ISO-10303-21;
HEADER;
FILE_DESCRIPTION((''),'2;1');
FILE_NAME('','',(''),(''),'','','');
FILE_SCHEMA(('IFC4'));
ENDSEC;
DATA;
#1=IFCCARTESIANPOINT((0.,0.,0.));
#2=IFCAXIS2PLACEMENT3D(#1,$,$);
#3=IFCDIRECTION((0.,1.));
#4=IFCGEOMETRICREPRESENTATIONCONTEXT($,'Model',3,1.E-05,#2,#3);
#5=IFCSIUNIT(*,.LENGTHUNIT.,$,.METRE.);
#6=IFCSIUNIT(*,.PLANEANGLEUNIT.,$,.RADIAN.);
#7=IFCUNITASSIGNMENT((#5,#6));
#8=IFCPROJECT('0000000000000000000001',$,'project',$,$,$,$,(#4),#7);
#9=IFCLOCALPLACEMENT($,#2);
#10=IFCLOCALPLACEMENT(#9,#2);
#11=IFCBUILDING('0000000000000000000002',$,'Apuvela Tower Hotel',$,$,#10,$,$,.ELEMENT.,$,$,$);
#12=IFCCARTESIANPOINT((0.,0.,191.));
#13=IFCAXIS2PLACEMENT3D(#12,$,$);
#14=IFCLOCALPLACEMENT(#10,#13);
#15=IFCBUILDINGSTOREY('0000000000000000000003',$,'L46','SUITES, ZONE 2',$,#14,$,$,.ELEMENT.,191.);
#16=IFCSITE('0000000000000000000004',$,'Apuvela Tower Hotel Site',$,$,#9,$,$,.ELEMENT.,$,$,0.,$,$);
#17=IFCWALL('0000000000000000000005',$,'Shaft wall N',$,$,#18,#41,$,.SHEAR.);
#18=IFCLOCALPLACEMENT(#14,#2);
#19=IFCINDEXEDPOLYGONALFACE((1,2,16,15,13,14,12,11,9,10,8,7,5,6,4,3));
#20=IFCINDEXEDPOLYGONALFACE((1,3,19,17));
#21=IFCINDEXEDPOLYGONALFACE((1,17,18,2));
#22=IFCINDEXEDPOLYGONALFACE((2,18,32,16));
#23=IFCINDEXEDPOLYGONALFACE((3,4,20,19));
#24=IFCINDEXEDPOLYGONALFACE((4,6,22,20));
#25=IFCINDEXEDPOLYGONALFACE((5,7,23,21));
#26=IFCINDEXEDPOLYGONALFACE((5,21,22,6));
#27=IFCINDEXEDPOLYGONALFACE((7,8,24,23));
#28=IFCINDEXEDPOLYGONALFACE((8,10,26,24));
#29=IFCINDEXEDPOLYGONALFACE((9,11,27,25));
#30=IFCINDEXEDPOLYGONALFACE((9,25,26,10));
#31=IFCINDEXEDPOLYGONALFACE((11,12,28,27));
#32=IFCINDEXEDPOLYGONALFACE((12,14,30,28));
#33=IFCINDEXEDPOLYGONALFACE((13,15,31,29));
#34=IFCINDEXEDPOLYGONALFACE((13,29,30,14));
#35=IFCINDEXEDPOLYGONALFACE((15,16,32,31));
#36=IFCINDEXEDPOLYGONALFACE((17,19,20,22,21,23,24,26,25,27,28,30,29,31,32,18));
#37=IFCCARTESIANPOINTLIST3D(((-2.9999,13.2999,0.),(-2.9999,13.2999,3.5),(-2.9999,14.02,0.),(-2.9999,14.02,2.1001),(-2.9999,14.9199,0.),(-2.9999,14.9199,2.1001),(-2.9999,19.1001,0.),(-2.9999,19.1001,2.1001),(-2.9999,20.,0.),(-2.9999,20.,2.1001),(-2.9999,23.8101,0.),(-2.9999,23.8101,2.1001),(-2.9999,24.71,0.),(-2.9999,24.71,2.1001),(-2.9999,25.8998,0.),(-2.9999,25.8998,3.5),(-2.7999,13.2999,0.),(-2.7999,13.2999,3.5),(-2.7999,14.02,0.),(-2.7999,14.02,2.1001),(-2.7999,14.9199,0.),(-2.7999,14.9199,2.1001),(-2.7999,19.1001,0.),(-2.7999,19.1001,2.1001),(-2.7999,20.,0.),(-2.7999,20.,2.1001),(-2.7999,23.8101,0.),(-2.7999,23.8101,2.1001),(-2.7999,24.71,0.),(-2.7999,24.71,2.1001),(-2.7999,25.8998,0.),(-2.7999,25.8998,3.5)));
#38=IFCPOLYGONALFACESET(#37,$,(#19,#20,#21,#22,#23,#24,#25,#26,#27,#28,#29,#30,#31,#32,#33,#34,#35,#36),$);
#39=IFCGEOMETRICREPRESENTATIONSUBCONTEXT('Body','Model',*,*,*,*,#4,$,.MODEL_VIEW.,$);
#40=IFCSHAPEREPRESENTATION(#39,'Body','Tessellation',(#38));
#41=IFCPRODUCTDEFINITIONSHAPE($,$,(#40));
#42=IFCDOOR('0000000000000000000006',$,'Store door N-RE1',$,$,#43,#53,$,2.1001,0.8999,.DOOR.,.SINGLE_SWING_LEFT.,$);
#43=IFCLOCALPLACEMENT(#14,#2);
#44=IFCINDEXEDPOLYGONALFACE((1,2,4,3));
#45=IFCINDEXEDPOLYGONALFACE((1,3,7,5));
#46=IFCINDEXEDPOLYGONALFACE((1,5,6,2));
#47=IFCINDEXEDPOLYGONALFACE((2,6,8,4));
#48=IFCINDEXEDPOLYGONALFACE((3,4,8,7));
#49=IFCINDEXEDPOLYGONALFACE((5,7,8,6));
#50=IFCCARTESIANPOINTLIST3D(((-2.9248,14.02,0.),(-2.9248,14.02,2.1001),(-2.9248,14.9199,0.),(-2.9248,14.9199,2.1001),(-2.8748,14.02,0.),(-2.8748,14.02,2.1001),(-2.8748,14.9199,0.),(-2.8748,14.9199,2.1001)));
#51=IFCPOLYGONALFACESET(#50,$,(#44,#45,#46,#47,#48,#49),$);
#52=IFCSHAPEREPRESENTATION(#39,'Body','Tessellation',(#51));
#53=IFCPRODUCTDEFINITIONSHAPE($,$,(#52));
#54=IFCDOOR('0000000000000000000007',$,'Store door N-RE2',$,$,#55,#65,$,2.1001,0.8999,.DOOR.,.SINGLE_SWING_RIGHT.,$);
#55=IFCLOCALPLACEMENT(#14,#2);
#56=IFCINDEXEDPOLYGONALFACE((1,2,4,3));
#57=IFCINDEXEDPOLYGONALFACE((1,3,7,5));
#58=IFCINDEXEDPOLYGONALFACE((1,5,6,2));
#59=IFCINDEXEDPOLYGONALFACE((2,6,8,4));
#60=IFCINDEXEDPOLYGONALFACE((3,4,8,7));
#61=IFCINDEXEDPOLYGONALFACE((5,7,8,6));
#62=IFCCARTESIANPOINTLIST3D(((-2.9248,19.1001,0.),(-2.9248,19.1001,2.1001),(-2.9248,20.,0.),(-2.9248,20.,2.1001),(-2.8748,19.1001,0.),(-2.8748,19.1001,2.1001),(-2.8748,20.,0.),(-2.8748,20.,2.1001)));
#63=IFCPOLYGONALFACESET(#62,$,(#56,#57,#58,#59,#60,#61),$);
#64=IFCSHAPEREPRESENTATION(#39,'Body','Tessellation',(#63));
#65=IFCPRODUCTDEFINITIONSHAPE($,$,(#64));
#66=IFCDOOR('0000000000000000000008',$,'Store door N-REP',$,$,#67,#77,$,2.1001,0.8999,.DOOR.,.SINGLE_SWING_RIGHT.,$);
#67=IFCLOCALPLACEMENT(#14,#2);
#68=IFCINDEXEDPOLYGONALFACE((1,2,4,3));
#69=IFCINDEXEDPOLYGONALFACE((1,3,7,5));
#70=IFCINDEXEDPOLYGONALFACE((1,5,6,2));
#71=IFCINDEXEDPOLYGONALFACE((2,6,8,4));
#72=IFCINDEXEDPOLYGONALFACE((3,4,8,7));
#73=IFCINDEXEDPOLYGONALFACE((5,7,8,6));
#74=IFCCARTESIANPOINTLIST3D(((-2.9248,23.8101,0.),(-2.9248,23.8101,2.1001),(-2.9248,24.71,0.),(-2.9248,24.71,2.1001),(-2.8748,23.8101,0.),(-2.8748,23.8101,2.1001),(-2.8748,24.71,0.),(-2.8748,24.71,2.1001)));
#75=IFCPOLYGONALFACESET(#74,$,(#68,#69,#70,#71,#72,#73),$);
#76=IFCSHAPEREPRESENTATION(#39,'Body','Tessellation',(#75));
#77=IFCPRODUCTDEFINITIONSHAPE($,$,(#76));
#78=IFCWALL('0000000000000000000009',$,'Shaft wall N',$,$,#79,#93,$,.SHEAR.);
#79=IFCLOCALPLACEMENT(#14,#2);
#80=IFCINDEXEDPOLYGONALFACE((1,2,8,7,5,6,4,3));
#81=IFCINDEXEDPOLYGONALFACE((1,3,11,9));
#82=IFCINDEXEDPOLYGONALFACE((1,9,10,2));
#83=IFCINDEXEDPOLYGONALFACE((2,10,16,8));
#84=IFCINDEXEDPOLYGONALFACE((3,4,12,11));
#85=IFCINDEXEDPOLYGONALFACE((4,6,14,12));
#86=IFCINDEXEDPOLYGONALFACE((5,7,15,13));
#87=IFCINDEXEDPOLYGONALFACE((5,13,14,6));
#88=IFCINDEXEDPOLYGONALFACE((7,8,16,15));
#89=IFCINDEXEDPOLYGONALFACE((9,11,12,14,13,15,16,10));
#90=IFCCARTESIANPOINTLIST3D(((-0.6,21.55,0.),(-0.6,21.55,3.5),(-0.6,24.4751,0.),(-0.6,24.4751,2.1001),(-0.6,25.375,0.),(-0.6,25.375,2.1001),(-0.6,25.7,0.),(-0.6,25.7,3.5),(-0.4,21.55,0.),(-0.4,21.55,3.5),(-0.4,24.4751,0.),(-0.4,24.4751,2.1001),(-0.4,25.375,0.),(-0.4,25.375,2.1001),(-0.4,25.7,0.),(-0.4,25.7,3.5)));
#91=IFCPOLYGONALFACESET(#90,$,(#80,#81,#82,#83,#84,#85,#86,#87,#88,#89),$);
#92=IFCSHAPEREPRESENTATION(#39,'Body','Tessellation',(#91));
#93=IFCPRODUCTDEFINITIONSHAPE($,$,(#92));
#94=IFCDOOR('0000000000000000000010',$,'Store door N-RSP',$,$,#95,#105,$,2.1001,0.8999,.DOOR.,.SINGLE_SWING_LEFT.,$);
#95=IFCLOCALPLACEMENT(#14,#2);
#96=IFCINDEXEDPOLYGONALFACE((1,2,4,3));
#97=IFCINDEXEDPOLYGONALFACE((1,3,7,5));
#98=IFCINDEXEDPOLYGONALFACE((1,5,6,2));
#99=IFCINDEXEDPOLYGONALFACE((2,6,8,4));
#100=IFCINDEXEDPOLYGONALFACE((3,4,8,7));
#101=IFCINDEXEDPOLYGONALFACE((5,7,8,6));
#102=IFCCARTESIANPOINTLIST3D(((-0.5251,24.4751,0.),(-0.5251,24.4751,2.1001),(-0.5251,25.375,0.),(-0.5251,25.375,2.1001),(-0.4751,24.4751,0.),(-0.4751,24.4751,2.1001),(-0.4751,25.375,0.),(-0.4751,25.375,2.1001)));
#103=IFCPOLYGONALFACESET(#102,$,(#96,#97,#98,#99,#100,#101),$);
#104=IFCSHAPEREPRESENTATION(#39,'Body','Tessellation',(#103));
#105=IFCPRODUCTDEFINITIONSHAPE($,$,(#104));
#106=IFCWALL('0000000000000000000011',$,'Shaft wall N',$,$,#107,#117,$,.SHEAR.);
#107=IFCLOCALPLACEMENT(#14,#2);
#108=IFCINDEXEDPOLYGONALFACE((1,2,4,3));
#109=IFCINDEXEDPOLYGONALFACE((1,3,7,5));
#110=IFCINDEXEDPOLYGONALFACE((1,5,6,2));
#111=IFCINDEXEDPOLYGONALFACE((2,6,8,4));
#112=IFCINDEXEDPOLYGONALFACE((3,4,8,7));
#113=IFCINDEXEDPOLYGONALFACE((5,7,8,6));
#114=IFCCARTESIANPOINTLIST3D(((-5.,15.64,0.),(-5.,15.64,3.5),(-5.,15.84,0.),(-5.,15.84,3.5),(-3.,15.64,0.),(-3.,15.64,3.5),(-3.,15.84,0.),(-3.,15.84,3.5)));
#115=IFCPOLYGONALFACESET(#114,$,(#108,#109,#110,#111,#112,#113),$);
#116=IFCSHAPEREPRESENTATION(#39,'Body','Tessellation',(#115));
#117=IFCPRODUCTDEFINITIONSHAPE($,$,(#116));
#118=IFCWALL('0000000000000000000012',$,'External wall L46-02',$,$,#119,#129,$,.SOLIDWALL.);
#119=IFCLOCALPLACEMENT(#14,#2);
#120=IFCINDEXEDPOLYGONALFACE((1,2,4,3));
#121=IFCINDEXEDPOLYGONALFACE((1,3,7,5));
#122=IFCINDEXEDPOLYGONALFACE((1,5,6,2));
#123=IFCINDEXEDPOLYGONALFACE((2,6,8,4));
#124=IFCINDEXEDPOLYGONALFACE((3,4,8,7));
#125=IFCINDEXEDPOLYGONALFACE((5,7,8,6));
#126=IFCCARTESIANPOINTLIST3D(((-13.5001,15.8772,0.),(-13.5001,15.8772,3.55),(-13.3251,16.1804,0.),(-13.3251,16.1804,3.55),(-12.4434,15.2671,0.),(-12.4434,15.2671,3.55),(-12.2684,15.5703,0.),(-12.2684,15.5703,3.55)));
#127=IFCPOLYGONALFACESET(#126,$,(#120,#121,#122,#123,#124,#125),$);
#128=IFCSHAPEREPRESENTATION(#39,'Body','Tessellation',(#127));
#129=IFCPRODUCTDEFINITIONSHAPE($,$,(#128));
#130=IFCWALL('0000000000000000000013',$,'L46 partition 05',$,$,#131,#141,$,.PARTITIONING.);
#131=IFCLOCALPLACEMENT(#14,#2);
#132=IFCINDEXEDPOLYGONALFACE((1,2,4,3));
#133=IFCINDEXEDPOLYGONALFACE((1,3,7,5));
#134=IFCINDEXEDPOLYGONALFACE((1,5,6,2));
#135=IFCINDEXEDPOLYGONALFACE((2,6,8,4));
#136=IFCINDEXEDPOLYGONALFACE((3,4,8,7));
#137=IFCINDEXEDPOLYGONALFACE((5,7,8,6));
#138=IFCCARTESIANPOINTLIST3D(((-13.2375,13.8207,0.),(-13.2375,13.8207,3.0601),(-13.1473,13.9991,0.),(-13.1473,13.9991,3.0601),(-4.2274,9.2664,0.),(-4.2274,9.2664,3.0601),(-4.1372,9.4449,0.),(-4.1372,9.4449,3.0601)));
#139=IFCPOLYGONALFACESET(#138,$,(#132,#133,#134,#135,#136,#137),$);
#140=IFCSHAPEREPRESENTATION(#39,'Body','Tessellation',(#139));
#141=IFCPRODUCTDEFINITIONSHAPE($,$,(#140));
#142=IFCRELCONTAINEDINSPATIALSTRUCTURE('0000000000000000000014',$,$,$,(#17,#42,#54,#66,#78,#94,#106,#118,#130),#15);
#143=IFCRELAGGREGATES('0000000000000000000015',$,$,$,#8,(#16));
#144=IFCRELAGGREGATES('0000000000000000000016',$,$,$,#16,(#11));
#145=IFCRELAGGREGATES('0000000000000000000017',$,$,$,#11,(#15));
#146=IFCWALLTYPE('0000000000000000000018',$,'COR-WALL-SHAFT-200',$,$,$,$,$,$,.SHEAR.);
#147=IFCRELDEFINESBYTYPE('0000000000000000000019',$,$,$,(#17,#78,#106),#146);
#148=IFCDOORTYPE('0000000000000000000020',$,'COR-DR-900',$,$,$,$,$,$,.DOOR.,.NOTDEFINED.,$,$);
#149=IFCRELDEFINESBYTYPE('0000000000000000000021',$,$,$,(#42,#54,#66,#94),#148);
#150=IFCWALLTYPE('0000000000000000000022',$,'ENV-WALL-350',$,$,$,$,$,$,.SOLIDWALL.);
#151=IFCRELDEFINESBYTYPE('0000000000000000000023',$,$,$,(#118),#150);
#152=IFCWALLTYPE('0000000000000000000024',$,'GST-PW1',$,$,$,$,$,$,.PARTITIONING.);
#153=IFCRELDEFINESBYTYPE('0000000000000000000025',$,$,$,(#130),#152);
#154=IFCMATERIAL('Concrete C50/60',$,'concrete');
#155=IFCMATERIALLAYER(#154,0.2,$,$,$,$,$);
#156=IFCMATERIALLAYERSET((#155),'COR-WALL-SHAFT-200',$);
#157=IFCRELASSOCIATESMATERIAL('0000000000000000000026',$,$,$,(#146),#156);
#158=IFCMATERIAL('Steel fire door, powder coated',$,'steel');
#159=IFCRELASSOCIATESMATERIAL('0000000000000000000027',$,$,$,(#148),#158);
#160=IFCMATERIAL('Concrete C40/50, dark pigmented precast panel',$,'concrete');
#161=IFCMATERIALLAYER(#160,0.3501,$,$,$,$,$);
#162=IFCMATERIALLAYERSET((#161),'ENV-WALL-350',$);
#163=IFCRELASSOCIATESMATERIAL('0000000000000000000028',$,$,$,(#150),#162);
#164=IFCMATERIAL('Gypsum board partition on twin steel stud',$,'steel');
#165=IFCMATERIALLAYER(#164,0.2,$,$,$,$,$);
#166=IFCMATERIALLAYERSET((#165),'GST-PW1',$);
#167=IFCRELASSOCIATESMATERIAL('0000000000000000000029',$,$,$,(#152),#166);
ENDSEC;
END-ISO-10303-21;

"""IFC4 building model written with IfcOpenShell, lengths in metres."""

from ifc_helpers import new_model, si_unit, direction, frame, frame_2d, origin, place, context, subcontext, project, spatial, rectangle, extrude, material, layer, layer_set, type_object, element, fill, save


model = new_model("IFC4")

# Units and contexts
model_context = context("Model", 3, precision=1e-05, world=origin(), true_north=direction((0.0, 1.0)))
body_context = subcontext(model_context, "Body", "Model", "MODEL_VIEW")
ifc_project = project(units=[si_unit("LENGTHUNIT", "METRE"), si_unit("PLANEANGLEUNIT", "RADIAN")], contexts=[model_context])

# Site, building, storey
site_placement = place(None, origin())
site = spatial("IfcSite", under=ifc_project, at=site_placement, Name="Apuvela Tower Hotel Site", CompositionType="ELEMENT", RefElevation=0.0)
building_placement = place(site_placement, origin())
building = spatial("IfcBuilding", under=site, at=building_placement, Name="Apuvela Tower Hotel", CompositionType="ELEMENT")
storey_placement = place(building_placement, frame((0.0, 0.0, 191.0)))
storey = spatial("IfcBuildingStorey", under=building, at=storey_placement, Name="L46", Description="SUITES, ZONE 2", CompositionType="ELEMENT", Elevation=191.0)

# Shared definitions
ifc_material_1 = material(Name="Concrete C50/60", Category="concrete")
ifc_layer_1 = layer(ifc_material_1, 0.2)
ifc_layer_set_1 = layer_set([ifc_layer_1], Name="COR-WALL-SHAFT-200")
wall_type_1 = type_object("IfcWallType", Name="COR-WALL-SHAFT-200", PredefinedType="SHEAR", material=ifc_layer_set_1)

# Wall, openings, doors
wall_1_placement = place(storey_placement, frame((-2.8999, 13.3, 0.0), z_axis=(0.0, 0.0, 1.0), x_axis=(0.0, 1.0, 0.0)))
wall_1 = element("IfcWall", 1, at=wall_1_placement, inside=storey, type_object=wall_type_1, Name="Shaft wall N", PredefinedType="SHEAR", context=body_context, shape_type="SweptSolid", body=[
    extrude(rectangle(XDim=12.5999, YDim=0.2, at=frame_2d((6.2998, 0.0))), origin(), (0.0, 0.0, 1.0), 3.5),
])
opening_1_placement = place(wall_1_placement, frame((0.72, 0.0, 0.0)))
opening_1 = element("IfcOpeningElement", 2, at=opening_1_placement, cuts=wall_1, PredefinedType="OPENING", context=body_context, shape_type="SweptSolid", body=[
    extrude(rectangle(XDim=0.8999, YDim=2.1001, at=frame_2d((0.45, 1.05))), frame((0.0, 0.1099, 0.0), z_axis=(0.0, -1.0, 0.0), x_axis=(1.0, 0.0, 0.0)), (0.0, 0.0, 1.0), 0.22),
])
opening_2_placement = place(wall_1_placement, frame((5.8, 0.0, 0.0)))
opening_2 = element("IfcOpeningElement", 3, at=opening_2_placement, cuts=wall_1, PredefinedType="OPENING", context=body_context, shape_type="SweptSolid", body=[
    extrude(rectangle(XDim=0.8999, YDim=2.1001, at=frame_2d((0.45, 1.05))), frame((0.0, 0.1099, 0.0), z_axis=(0.0, -1.0, 0.0), x_axis=(1.0, 0.0, 0.0)), (0.0, 0.0, 1.0), 0.22),
])
opening_3_placement = place(wall_1_placement, frame((10.51, 0.0, 0.0)))
opening_3 = element("IfcOpeningElement", 4, at=opening_3_placement, cuts=wall_1, PredefinedType="OPENING", context=body_context, shape_type="SweptSolid", body=[
    extrude(rectangle(XDim=0.8999, YDim=2.1001, at=frame_2d((0.45, 1.05))), frame((0.0, 0.1099, 0.0), z_axis=(0.0, -1.0, 0.0), x_axis=(1.0, 0.0, 0.0)), (0.0, 0.0, 1.0), 0.22),
])
ifc_material_2 = material(Name="Steel fire door, powder coated", Category="steel")
door_type_1 = type_object("IfcDoorType", Name="COR-DR-900", OperationType="NOTDEFINED", PredefinedType="DOOR", material=ifc_material_2)
door_1_placement = place(opening_1_placement, origin())
door_1 = element("IfcDoor", 5, at=door_1_placement, inside=storey, type_object=door_type_1, Name="Store door N-RE1", OperationType="SINGLE_SWING_LEFT", OverallHeight=2.1001, OverallWidth=0.8999, PredefinedType="DOOR", context=body_context, shape_type="SweptSolid", body=[
    extrude(rectangle(XDim=0.8999, YDim=2.1001, at=frame_2d((0.45, 1.05))), frame((0.0, 0.0249, 0.0), z_axis=(0.0, -1.0, 0.0), x_axis=(1.0, 0.0, 0.0)), (0.0, 0.0, 1.0), 0.05),
])
fill(opening_1, door_1)
door_2_placement = place(opening_2_placement, origin())
door_2 = element("IfcDoor", 6, at=door_2_placement, inside=storey, type_object=door_type_1, Name="Store door N-RE2", OperationType="SINGLE_SWING_RIGHT", OverallHeight=2.1001, OverallWidth=0.8999, PredefinedType="DOOR", context=body_context, shape_type="SweptSolid", body=[
    extrude(rectangle(XDim=0.8999, YDim=2.1001, at=frame_2d((0.45, 1.05))), frame((0.0, 0.0249, 0.0), z_axis=(0.0, -1.0, 0.0), x_axis=(1.0, 0.0, 0.0)), (0.0, 0.0, 1.0), 0.05),
])
fill(opening_2, door_2)
door_3_placement = place(opening_3_placement, origin())
door_3 = element("IfcDoor", 7, at=door_3_placement, inside=storey, type_object=door_type_1, Name="Store door N-REP", OperationType="SINGLE_SWING_RIGHT", OverallHeight=2.1001, OverallWidth=0.8999, PredefinedType="DOOR", context=body_context, shape_type="SweptSolid", body=[
    extrude(rectangle(XDim=0.8999, YDim=2.1001, at=frame_2d((0.45, 1.05))), frame((0.0, 0.0249, 0.0), z_axis=(0.0, -1.0, 0.0), x_axis=(1.0, 0.0, 0.0)), (0.0, 0.0, 1.0), 0.05),
])
fill(opening_3, door_3)

# Wall, opening, door
wall_2_placement = place(storey_placement, frame((-0.5, 21.55, 0.0), z_axis=(0.0, 0.0, 1.0), x_axis=(0.0, 1.0, 0.0)))
wall_2 = element("IfcWall", 8, at=wall_2_placement, inside=storey, type_object=wall_type_1, Name="Shaft wall N", PredefinedType="SHEAR", context=body_context, shape_type="SweptSolid", body=[
    extrude(rectangle(XDim=4.1499, YDim=0.2, at=frame_2d((2.075, 0.0))), origin(), (0.0, 0.0, 1.0), 3.5),
])
opening_4_placement = place(wall_2_placement, frame((2.925, 0.0, 0.0)))
opening_4 = element("IfcOpeningElement", 9, at=opening_4_placement, cuts=wall_2, PredefinedType="OPENING", context=body_context, shape_type="SweptSolid", body=[
    extrude(rectangle(XDim=0.8999, YDim=2.1001, at=frame_2d((0.45, 1.05))), frame((0.0, 0.1099, 0.0), z_axis=(0.0, -1.0, 0.0), x_axis=(1.0, 0.0, 0.0)), (0.0, 0.0, 1.0), 0.22),
])
door_4_placement = place(opening_4_placement, frame((0.8999, 0.0, 0.0), z_axis=(0.0, 0.0, 1.0), x_axis=(-1.0, 0.0, 0.0)))
door_4 = element("IfcDoor", 10, at=door_4_placement, inside=storey, type_object=door_type_1, Name="Store door N-RSP", OperationType="SINGLE_SWING_LEFT", OverallHeight=2.1001, OverallWidth=0.8999, PredefinedType="DOOR", context=body_context, shape_type="SweptSolid", body=[
    extrude(rectangle(XDim=0.8999, YDim=2.1001, at=frame_2d((0.45, 1.05))), frame((0.0, 0.0249, 0.0), z_axis=(0.0, -1.0, 0.0), x_axis=(1.0, 0.0, 0.0)), (0.0, 0.0, 1.0), 0.05),
])
fill(opening_4, door_4)

# Walls
wall_3_placement = place(storey_placement, frame((-3.0, 15.74, 0.0), z_axis=(0.0, 0.0, 1.0), x_axis=(-1.0, 0.0, 0.0)))
element("IfcWall", 11, at=wall_3_placement, inside=storey, type_object=wall_type_1, Name="Shaft wall N", PredefinedType="SHEAR", context=body_context, shape_type="SweptSolid", body=[
    extrude(rectangle(XDim=2.0, YDim=0.2, at=frame_2d((1.0, 0.0))), origin(), (0.0, 0.0, 1.0), 3.5),
])
ifc_material_3 = material(Name="Concrete C40/50, dark pigmented precast panel", Category="concrete")
ifc_layer_2 = layer(ifc_material_3, 0.3501)
ifc_layer_set_2 = layer_set([ifc_layer_2], Name="ENV-WALL-350")
wall_type_2 = type_object("IfcWallType", Name="ENV-WALL-350", PredefinedType="SOLIDWALL", material=ifc_layer_set_2)
wall_4_placement = place(storey_placement, frame((-13.4126, 16.0288, 0.0), z_axis=(0.0, 0.0, 1.0), x_axis=(0.866006, -0.500034, 0.0)))
element("IfcWall", 12, at=wall_4_placement, inside=storey, type_object=wall_type_2, Name="External wall L46-02", PredefinedType="SOLIDWALL", context=body_context, shape_type="SweptSolid", body=[
    extrude(rectangle(XDim=1.2202, YDim=0.3501, at=frame_2d((0.6101, 0.0))), origin(), (0.0, 0.0, 1.0), 3.55),
])

# Wall
ifc_material_4 = material(Name="Gypsum board partition on twin steel stud", Category="steel")
ifc_layer_3 = layer(ifc_material_4, 0.2)
ifc_layer_set_3 = layer_set([ifc_layer_3], Name="GST-PW1")
wall_type_3 = type_object("IfcWallType", Name="GST-PW1", PredefinedType="PARTITIONING", material=ifc_layer_set_3)
wall_5_placement = place(storey_placement, frame((-13.1924, 13.9099, 0.0), z_axis=(0.0, 0.0, 1.0), x_axis=(0.89247, -0.451108, 0.0)))
element("IfcWall", 13, at=wall_5_placement, inside=storey, type_object=wall_type_3, Name="L46 partition 05", PredefinedType="PARTITIONING", context=body_context, shape_type="SweptSolid", body=[
    extrude(rectangle(XDim=10.0957, YDim=0.2, at=frame_2d((5.0479, 0.0))), origin(), (0.0, 0.0, 1.0), 3.0601),
])

save(model, "model.ifc")
